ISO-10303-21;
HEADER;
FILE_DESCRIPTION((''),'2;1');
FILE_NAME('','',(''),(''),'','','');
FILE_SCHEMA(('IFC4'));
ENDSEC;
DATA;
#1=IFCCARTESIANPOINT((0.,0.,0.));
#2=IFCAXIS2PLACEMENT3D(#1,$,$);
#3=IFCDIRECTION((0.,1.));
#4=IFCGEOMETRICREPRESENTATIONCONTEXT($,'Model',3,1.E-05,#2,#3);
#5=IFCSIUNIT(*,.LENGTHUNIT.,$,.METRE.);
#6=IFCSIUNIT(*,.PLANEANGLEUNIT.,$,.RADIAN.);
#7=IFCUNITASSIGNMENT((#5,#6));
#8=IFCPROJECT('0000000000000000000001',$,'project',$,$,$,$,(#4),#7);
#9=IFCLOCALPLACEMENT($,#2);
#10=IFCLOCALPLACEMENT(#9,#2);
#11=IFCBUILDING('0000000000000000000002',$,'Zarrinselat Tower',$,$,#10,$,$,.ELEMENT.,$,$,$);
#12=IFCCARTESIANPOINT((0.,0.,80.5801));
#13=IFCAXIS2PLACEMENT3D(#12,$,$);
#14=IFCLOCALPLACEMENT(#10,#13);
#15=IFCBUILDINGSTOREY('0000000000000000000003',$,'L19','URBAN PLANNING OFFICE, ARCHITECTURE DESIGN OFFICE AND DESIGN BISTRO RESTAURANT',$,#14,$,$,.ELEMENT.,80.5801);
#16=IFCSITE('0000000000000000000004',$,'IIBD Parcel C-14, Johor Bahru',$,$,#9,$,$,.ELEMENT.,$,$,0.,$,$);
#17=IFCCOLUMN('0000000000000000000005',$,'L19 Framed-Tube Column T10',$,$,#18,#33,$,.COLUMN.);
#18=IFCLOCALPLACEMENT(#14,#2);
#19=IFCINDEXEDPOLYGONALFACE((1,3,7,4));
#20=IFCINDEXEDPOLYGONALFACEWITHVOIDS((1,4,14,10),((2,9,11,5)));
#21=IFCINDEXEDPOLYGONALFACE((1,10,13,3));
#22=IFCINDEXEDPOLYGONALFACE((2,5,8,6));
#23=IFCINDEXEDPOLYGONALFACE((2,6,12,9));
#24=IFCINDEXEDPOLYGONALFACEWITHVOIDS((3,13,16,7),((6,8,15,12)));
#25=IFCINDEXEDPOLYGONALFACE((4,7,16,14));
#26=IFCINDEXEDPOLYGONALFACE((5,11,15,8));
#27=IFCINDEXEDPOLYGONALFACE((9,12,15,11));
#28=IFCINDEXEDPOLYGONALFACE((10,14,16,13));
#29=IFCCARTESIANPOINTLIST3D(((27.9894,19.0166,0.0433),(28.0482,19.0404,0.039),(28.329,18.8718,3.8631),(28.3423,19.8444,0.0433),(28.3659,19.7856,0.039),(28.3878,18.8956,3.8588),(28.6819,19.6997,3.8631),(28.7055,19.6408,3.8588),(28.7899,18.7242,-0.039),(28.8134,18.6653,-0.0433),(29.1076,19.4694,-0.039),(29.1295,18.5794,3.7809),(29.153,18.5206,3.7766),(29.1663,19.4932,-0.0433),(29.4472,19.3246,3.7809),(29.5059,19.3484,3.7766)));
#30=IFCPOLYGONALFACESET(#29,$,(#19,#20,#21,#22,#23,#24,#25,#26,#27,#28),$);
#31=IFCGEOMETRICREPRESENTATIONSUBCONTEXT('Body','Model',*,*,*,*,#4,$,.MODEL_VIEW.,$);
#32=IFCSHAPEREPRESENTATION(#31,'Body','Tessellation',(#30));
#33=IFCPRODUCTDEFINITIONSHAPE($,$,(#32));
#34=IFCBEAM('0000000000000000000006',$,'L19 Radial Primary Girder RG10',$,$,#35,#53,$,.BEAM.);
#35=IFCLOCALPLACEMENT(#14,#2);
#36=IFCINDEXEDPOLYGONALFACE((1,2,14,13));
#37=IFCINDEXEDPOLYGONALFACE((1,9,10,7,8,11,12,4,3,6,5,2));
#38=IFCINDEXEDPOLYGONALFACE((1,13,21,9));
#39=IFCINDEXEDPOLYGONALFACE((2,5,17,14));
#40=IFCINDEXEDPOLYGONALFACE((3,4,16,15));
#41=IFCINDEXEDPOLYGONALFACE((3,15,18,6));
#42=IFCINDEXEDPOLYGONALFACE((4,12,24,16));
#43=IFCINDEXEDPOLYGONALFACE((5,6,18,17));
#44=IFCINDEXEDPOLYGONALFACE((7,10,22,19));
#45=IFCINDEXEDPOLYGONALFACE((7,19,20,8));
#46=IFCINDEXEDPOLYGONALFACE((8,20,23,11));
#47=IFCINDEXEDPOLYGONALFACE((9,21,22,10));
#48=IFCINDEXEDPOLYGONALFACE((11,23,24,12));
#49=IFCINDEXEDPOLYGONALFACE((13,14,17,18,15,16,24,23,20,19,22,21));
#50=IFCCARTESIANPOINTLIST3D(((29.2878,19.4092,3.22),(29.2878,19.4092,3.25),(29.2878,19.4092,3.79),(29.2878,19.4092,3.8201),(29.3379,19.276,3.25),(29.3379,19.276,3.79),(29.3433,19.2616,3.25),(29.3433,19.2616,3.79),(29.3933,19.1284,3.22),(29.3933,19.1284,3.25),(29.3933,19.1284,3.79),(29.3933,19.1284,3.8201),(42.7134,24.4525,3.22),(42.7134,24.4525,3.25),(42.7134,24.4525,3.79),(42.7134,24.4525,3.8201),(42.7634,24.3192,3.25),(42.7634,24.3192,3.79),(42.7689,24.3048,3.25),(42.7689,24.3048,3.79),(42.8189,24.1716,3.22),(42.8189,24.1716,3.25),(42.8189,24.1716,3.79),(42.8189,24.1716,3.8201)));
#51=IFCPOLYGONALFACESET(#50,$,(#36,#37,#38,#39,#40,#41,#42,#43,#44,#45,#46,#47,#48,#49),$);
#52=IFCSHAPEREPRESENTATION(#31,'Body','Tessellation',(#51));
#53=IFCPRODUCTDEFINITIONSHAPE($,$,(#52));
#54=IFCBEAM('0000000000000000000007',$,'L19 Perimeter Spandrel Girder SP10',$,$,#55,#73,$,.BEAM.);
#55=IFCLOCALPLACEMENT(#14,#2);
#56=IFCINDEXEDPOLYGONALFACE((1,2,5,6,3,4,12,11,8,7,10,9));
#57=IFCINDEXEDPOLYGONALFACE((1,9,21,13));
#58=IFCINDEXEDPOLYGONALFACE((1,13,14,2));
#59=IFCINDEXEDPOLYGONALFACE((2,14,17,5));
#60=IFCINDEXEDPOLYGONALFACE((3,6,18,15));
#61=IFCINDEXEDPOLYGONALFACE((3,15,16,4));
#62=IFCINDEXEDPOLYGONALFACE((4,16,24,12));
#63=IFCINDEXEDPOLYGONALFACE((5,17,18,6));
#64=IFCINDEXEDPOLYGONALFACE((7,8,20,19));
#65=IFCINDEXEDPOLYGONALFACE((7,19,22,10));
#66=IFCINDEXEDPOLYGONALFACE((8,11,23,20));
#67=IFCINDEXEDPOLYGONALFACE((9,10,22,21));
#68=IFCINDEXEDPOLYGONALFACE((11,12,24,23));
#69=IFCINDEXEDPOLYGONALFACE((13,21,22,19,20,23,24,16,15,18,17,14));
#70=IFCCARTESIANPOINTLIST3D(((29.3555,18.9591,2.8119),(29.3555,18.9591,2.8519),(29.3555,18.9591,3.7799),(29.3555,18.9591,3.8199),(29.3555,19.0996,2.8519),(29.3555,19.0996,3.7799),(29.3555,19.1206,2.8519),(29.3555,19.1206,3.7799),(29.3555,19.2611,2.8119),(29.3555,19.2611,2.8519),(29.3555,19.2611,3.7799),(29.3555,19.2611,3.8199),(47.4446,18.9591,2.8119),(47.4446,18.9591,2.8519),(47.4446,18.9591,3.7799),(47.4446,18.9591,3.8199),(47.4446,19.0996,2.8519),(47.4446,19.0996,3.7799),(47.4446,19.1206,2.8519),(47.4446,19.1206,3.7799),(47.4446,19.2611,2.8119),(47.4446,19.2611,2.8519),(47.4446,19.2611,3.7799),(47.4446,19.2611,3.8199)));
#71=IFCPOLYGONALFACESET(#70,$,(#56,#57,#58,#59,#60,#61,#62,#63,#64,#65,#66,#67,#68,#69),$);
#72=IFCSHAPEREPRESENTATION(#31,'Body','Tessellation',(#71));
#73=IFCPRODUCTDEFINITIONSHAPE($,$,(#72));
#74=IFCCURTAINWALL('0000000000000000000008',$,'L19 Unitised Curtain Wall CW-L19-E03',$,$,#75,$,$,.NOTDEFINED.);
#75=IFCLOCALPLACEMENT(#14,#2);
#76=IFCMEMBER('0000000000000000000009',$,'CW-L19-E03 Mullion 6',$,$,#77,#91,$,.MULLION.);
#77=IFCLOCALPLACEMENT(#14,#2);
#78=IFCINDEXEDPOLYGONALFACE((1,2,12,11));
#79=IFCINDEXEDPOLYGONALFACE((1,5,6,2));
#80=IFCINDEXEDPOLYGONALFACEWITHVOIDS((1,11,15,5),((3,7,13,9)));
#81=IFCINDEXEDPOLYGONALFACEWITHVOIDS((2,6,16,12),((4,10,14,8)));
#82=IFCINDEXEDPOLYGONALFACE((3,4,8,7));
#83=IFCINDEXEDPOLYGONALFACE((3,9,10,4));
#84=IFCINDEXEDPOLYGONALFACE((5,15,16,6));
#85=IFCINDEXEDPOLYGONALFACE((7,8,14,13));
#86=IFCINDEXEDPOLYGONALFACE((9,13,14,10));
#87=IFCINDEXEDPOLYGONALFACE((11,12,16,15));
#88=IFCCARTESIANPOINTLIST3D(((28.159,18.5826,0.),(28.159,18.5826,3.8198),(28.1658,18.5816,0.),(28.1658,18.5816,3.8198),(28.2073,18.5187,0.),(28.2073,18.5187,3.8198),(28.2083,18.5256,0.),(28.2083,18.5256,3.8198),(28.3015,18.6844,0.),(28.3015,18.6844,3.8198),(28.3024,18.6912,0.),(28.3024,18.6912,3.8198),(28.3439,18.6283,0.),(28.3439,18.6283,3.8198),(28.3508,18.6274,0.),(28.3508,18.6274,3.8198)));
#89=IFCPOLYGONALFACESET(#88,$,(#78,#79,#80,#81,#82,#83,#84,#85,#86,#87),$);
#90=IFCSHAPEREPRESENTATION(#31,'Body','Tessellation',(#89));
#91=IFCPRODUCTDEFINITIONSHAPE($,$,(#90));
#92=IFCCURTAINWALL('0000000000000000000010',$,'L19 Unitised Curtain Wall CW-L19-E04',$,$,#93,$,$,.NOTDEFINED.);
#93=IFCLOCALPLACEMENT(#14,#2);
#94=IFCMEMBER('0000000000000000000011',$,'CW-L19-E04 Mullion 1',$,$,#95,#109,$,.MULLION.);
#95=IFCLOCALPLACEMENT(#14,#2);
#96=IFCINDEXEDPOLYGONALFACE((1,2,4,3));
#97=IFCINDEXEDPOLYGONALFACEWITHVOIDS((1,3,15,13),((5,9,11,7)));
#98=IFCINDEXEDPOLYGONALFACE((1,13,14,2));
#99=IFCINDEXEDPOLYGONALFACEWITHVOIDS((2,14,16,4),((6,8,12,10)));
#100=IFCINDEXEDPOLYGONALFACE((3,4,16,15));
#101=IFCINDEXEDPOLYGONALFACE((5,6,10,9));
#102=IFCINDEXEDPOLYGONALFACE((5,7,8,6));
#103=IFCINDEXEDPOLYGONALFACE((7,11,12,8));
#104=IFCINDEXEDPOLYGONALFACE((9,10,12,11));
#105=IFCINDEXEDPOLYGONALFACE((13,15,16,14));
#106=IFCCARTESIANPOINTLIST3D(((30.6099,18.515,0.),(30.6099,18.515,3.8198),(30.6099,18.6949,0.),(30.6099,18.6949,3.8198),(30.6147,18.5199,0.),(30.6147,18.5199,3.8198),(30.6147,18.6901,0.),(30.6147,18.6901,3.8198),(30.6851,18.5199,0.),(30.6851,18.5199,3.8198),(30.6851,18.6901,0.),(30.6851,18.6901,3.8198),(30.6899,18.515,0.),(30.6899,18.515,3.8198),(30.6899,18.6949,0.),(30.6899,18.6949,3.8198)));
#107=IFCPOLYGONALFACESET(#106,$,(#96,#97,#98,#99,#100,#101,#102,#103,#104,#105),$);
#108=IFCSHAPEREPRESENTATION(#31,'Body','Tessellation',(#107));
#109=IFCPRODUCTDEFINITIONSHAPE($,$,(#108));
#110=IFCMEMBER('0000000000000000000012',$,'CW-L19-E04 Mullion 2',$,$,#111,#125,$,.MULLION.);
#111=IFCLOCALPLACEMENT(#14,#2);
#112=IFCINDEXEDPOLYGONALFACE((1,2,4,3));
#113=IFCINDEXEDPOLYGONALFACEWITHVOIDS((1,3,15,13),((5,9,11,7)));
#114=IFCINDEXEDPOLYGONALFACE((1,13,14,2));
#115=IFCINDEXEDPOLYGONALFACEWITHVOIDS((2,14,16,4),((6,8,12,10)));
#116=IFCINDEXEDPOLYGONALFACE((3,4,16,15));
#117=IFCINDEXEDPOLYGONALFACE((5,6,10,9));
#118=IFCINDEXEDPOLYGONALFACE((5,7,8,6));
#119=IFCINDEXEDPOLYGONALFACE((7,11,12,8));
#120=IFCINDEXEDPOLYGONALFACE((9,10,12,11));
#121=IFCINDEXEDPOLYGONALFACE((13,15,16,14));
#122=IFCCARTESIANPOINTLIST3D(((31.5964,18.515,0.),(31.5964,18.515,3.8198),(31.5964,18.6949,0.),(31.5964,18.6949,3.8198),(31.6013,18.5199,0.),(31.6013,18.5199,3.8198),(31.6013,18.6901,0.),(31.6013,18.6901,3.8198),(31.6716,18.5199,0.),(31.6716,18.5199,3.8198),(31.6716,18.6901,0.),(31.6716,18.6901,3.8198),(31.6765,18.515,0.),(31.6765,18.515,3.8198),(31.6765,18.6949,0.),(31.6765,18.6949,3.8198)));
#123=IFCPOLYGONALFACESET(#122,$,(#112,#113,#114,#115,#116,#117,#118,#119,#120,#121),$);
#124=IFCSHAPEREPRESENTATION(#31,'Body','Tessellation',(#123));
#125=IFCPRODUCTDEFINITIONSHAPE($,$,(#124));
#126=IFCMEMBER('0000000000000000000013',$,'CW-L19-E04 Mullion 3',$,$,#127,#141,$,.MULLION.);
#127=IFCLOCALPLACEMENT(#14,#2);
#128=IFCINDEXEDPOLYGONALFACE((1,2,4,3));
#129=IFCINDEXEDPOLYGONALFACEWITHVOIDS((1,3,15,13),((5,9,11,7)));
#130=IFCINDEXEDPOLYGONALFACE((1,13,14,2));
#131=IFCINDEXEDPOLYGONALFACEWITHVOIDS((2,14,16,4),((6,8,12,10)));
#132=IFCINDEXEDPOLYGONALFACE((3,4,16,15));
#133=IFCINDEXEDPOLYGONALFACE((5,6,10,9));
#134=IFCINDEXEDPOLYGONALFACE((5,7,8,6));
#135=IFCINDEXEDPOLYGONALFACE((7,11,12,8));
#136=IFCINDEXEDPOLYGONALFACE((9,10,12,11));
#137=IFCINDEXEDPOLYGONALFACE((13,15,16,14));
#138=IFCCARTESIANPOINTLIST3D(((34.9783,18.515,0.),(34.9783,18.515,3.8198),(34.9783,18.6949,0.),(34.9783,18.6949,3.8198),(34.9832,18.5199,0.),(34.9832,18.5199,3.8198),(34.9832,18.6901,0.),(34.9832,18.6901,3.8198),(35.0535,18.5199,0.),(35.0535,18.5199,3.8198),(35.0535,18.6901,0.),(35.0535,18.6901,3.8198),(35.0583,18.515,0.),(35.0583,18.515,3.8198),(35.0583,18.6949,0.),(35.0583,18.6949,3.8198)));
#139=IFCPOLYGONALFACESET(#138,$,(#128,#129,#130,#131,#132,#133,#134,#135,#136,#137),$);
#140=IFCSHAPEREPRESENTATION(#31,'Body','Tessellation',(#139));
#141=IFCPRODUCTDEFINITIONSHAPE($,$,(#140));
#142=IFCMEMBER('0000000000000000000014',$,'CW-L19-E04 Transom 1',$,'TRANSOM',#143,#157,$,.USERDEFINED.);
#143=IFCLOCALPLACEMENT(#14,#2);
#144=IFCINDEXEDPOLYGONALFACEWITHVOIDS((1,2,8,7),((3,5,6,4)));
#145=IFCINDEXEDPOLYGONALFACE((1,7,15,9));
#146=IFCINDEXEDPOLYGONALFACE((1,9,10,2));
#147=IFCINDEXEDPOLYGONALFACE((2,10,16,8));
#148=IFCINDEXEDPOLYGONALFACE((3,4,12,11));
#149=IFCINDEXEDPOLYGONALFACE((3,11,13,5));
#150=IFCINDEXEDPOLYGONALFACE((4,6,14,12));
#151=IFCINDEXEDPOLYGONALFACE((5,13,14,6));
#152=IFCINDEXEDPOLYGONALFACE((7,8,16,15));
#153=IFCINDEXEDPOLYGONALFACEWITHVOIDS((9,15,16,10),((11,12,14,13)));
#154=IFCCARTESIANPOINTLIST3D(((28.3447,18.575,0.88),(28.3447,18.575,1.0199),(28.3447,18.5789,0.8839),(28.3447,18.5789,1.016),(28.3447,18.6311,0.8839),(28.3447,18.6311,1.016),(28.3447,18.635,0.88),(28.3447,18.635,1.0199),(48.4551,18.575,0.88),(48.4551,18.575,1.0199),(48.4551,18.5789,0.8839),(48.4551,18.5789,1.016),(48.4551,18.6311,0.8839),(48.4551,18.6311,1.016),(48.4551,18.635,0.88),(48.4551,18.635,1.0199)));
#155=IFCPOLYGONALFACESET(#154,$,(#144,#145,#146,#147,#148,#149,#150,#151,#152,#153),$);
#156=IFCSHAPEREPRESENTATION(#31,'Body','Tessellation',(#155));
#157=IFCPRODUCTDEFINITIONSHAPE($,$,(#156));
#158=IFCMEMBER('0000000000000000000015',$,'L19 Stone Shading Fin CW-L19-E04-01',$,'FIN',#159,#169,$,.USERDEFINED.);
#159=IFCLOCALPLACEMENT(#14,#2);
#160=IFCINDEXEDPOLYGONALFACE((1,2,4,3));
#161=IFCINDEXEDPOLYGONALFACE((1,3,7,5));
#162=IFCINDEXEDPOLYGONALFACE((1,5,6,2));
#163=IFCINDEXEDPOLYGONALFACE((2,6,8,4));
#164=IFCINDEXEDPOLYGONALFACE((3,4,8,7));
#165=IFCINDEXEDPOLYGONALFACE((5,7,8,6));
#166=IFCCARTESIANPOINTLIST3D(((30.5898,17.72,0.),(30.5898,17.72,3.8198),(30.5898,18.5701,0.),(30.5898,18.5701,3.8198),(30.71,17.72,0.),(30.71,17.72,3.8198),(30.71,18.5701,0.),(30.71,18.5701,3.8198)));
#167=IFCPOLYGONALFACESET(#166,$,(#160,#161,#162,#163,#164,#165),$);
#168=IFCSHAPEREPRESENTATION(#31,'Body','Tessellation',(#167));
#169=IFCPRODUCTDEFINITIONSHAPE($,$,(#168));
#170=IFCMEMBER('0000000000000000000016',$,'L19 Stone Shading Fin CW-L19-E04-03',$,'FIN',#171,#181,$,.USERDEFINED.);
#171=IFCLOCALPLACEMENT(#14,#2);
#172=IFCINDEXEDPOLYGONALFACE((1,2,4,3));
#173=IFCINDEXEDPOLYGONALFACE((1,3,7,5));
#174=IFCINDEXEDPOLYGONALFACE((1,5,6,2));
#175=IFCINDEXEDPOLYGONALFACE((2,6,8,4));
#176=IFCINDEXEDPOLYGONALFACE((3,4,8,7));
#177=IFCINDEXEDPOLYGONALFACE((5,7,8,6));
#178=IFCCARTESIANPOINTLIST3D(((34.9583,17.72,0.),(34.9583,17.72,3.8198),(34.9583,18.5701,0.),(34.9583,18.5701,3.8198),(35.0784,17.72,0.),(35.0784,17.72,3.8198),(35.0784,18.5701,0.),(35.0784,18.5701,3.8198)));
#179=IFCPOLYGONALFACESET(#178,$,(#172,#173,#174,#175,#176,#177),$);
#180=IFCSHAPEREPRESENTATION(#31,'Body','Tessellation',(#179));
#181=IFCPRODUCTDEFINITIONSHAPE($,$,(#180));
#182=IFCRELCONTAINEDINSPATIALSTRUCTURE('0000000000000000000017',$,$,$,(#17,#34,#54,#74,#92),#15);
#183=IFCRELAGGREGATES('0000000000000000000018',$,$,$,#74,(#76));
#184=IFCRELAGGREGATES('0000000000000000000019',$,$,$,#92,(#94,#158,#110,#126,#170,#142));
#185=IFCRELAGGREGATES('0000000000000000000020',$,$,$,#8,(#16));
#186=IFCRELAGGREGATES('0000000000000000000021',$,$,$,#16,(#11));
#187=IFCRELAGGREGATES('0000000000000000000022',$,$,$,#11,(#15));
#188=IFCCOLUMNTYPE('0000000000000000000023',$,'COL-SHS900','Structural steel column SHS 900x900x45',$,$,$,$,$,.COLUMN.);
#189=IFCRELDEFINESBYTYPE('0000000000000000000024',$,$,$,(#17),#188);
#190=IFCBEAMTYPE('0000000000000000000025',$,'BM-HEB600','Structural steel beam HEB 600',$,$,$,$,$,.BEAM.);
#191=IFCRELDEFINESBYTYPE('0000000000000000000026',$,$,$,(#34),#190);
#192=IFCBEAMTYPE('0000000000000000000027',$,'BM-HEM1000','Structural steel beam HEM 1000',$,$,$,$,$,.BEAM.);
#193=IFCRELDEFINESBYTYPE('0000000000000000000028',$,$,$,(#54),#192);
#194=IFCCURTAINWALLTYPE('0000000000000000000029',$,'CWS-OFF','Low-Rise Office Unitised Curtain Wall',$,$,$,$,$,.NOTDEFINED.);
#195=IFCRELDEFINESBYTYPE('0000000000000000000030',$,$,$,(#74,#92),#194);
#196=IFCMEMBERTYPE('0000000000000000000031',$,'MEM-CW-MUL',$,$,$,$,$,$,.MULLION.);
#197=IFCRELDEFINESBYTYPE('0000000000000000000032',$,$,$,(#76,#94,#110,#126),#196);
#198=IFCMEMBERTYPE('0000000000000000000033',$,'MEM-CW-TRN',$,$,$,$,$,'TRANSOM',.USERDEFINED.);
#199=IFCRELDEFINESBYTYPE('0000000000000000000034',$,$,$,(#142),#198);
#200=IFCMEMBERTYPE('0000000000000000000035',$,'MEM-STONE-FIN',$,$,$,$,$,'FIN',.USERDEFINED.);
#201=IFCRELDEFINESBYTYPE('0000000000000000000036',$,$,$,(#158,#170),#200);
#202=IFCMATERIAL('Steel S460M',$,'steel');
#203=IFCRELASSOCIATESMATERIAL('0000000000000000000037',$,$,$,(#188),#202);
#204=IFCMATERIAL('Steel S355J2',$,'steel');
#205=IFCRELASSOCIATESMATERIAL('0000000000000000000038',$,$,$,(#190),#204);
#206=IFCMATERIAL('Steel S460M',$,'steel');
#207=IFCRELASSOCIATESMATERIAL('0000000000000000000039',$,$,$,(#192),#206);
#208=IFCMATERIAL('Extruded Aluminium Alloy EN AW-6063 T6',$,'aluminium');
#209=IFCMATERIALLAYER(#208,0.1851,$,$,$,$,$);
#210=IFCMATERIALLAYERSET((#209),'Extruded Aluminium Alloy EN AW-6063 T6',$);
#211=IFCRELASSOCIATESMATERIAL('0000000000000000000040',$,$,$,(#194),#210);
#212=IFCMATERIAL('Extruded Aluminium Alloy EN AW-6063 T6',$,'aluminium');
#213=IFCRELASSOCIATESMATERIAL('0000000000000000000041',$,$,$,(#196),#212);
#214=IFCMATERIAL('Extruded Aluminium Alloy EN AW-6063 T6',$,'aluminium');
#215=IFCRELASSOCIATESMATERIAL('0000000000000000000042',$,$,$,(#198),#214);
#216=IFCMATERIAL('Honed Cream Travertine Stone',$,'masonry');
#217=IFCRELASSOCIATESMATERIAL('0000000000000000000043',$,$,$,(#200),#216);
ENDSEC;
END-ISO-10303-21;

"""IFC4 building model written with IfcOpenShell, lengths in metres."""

from ifc_helpers import new_model, si_unit, direction, frame, origin, origin_2d, place, context, subcontext, project, spatial, rectangle, hollow_rectangle, i_section, extrude, material, layer, layer_set, material_profile, profile_set, type_object, element, aggregate, save


model = new_model("IFC4")

# Units and contexts
model_context = context("Model", 3, precision=1e-05, world=origin(), true_north=direction((0.0, 1.0)))
body_context = subcontext(model_context, "Body", "Model", "MODEL_VIEW")
ifc_project = project(units=[si_unit("LENGTHUNIT", "METRE"), si_unit("PLANEANGLEUNIT", "RADIAN")], contexts=[model_context])

# Site, building, storey
site_placement = place(None, origin())
site = spatial("IfcSite", under=ifc_project, at=site_placement, Name="IIBD Parcel C-14, Johor Bahru", CompositionType="ELEMENT", RefElevation=0.0)
building_placement = place(site_placement, origin())
building = spatial("IfcBuilding", under=site, at=building_placement, Name="Zarrinselat Tower", CompositionType="ELEMENT")
storey_placement = place(building_placement, frame((0.0, 0.0, 80.5801)))
storey = spatial("IfcBuildingStorey", under=building, at=storey_placement, Name="L19", Description="URBAN PLANNING OFFICE, ARCHITECTURE DESIGN OFFICE AND DESIGN BISTRO RESTAURANT", CompositionType="ELEMENT", Elevation=80.5801)

# Column
ifc_material_1 = material(Name="Steel S460M", Category="steel")
ifc_material_profile_1 = material_profile(ifc_material_1, hollow_rectangle(XDim=0.8999, YDim=0.8999, WallThickness=0.0449, at=origin_2d()), Name="SHS 900x900x45")
ifc_profile_set_1 = profile_set([ifc_material_profile_1], Name="Steel S460M")
column_type = type_object("IfcColumnType", Name="COL-SHS900", Description="Structural steel column SHS 900x900x45", PredefinedType="COLUMN", material=ifc_profile_set_1)
column_placement = place(storey_placement, frame((28.5779, 19.2549, 0.0), z_axis=(0.088492, -0.037725, 0.995362), x_axis=(0.392163, 0.919896, 0.0)))
element("IfcColumn", 1, at=column_placement, inside=storey, type_object=column_type, Name="L19 Framed-Tube Column T10", PredefinedType="COLUMN", context=body_context, shape_type="SweptSolid", body=[
    extrude(hollow_rectangle(XDim=0.8999, YDim=0.8999, WallThickness=0.0449, at=origin_2d()), origin(), (0.0, 0.0, 1.0), 3.8376),
])

# Beams
ifc_material_2 = material(Name="Steel S355J2", Category="steel")
ifc_material_profile_2 = material_profile(ifc_material_2, i_section(OverallWidth=0.3, OverallDepth=0.6001, WebThickness=0.0154, FlangeThickness=0.03, at=origin_2d()), Name="HEB 600")
ifc_profile_set_2 = profile_set([ifc_material_profile_2], Name="Steel S355J2")
beam_type_1 = type_object("IfcBeamType", Name="BM-HEB600", Description="Structural steel beam HEB 600", PredefinedType="BEAM", material=ifc_profile_set_2)
beam_1_placement = place(storey_placement, frame((29.3406, 19.2688, 3.52), z_axis=(0.936131, 0.351651, 0.0), x_axis=(-0.351651, 0.936131, 0.0)))
element("IfcBeam", 2, at=beam_1_placement, inside=storey, type_object=beam_type_1, Name="L19 Radial Primary Girder RG10", PredefinedType="BEAM", context=body_context, shape_type="SweptSolid", body=[
    extrude(i_section(OverallWidth=0.3, OverallDepth=0.6001, WebThickness=0.0154, FlangeThickness=0.03, at=origin_2d()), origin(), (0.0, 0.0, 1.0), 14.3416),
])
ifc_material_3 = material(Name="Steel S460M", Category="steel")
ifc_material_profile_3 = material_profile(ifc_material_3, i_section(OverallWidth=0.302, OverallDepth=1.0081, WebThickness=0.021, FlangeThickness=0.04, at=origin_2d()), Name="HEM 1000")
ifc_profile_set_3 = profile_set([ifc_material_profile_3], Name="Steel S460M")
beam_type_2 = type_object("IfcBeamType", Name="BM-HEM1000", Description="Structural steel beam HEM 1000", PredefinedType="BEAM", material=ifc_profile_set_3)
beam_2_placement = place(storey_placement, frame((29.3555, 19.1101, 3.3159), z_axis=(1.0, 0.0, 0.0), x_axis=(0.0, 1.0, 0.0)))
element("IfcBeam", 3, at=beam_2_placement, inside=storey, type_object=beam_type_2, Name="L19 Perimeter Spandrel Girder SP10", PredefinedType="BEAM", context=body_context, shape_type="SweptSolid", body=[
    extrude(i_section(OverallWidth=0.302, OverallDepth=1.0081, WebThickness=0.021, FlangeThickness=0.04, at=origin_2d()), origin(), (0.0, 0.0, 1.0), 18.0891),
])

# Curtain wall, member
ifc_material_4 = material(Name="Extruded Aluminium Alloy EN AW-6063 T6", Category="aluminium")
ifc_layer_1 = layer(ifc_material_4, 0.1851)
ifc_layer_set_1 = layer_set([ifc_layer_1], Name="Extruded Aluminium Alloy EN AW-6063 T6")
curtain_wall_type = type_object("IfcCurtainWallType", Name="CWS-OFF", Description="Low-Rise Office Unitised Curtain Wall", PredefinedType="NOTDEFINED", material=ifc_layer_set_1)
curtain_wall_1_placement = place(storey_placement, origin())
curtain_wall_1 = element("IfcCurtainWall", 4, at=curtain_wall_1_placement, inside=storey, type_object=curtain_wall_type, Name="L19 Unitised Curtain Wall CW-L19-E03", PredefinedType="NOTDEFINED")
ifc_material_5 = material(Name="Extruded Aluminium Alloy EN AW-6063 T6", Category="aluminium")
ifc_material_profile_4 = material_profile(ifc_material_5, hollow_rectangle(XDim=0.0801, YDim=0.1799, WallThickness=0.0049, at=origin_2d()), Name="RHS 180x80x5")
ifc_profile_set_4 = profile_set([ifc_material_profile_4], Name="Extruded Aluminium Alloy EN AW-6063 T6")
member_type_1 = type_object("IfcMemberType", Name="MEM-CW-MUL", PredefinedType="MULLION", material=ifc_profile_set_4)
member_1_placement = place(storey_placement, frame((28.2549, 18.605, 0.0), z_axis=(0.0, 0.0, 1.0), x_axis=(0.603855, -0.797094, 0.0)))
member_1 = element("IfcMember", 5, at=member_1_placement, type_object=member_type_1, Name="CW-L19-E03 Mullion 6", PredefinedType="MULLION", context=body_context, shape_type="SweptSolid", body=[
    extrude(hollow_rectangle(XDim=0.0801, YDim=0.1799, WallThickness=0.0049, at=origin_2d()), origin(), (0.0, 0.0, 1.0), 3.8198),
])
aggregate(curtain_wall_1, [member_1])

# Curtain wall, members
curtain_wall_2_placement = place(storey_placement, origin())
curtain_wall_2 = element("IfcCurtainWall", 6, at=curtain_wall_2_placement, inside=storey, type_object=curtain_wall_type, Name="L19 Unitised Curtain Wall CW-L19-E04", PredefinedType="NOTDEFINED")
member_2_placement = place(storey_placement, frame((30.6499, 18.605, 0.0), z_axis=(0.0, 0.0, 1.0), x_axis=(1.0, 0.0, 0.0)))
member_2 = element("IfcMember", 7, at=member_2_placement, type_object=member_type_1, Name="CW-L19-E04 Mullion 1", PredefinedType="MULLION", context=body_context, shape_type="SweptSolid", body=[
    extrude(hollow_rectangle(XDim=0.0801, YDim=0.1799, WallThickness=0.0049, at=origin_2d()), origin(), (0.0, 0.0, 1.0), 3.8198),
])
member_3_placement = place(storey_placement, frame((31.6365, 18.605, 0.0), z_axis=(0.0, 0.0, 1.0), x_axis=(1.0, 0.0, 0.0)))
member_3 = element("IfcMember", 8, at=member_3_placement, type_object=member_type_1, Name="CW-L19-E04 Mullion 2", PredefinedType="MULLION", context=body_context, shape_type="SweptSolid", body=[
    extrude(hollow_rectangle(XDim=0.0801, YDim=0.1799, WallThickness=0.0049, at=origin_2d()), origin(), (0.0, 0.0, 1.0), 3.8198),
])
member_4_placement = place(storey_placement, frame((35.0183, 18.605, 0.0), z_axis=(0.0, 0.0, 1.0), x_axis=(1.0, 0.0, 0.0)))
member_4 = element("IfcMember", 9, at=member_4_placement, type_object=member_type_1, Name="CW-L19-E04 Mullion 3", PredefinedType="MULLION", context=body_context, shape_type="SweptSolid", body=[
    extrude(hollow_rectangle(XDim=0.0801, YDim=0.1799, WallThickness=0.0049, at=origin_2d()), origin(), (0.0, 0.0, 1.0), 3.8198),
])
ifc_material_6 = material(Name="Extruded Aluminium Alloy EN AW-6063 T6", Category="aluminium")
ifc_material_profile_5 = material_profile(ifc_material_6, hollow_rectangle(XDim=0.0601, YDim=0.1399, WallThickness=0.0039, at=origin_2d()), Name="RHS 140x60x4")
ifc_profile_set_5 = profile_set([ifc_material_profile_5], Name="Extruded Aluminium Alloy EN AW-6063 T6")
member_type_2 = type_object("IfcMemberType", Name="MEM-CW-TRN", ElementType="TRANSOM", PredefinedType="USERDEFINED", material=ifc_profile_set_5)
member_5_placement = place(storey_placement, frame((28.3447, 18.605, 0.95), z_axis=(1.0, 0.0, 0.0), x_axis=(0.0, 1.0, 0.0)))
member_5 = element("IfcMember", 10, at=member_5_placement, type_object=member_type_2, Name="CW-L19-E04 Transom 1", ObjectType="TRANSOM", PredefinedType="USERDEFINED", context=body_context, shape_type="SweptSolid", body=[
    extrude(hollow_rectangle(XDim=0.0601, YDim=0.1399, WallThickness=0.0039, at=origin_2d()), origin(), (0.0, 0.0, 1.0), 20.1104),
])
ifc_material_7 = material(Name="Honed Cream Travertine Stone", Category="masonry")
ifc_material_profile_6 = material_profile(ifc_material_7, rectangle(XDim=0.1201, YDim=0.8501, at=origin_2d()), Name="FIN 850x120")
ifc_profile_set_6 = profile_set([ifc_material_profile_6], Name="Honed Cream Travertine Stone")
member_type_3 = type_object("IfcMemberType", Name="MEM-STONE-FIN", ElementType="FIN", PredefinedType="USERDEFINED", material=ifc_profile_set_6)
member_6_placement = place(storey_placement, frame((30.6499, 18.145, 0.0), z_axis=(0.0, 0.0, 1.0), x_axis=(-1.0, 0.0, 0.0)))
member_6 = element("IfcMember", 11, at=member_6_placement, type_object=member_type_3, Name="L19 Stone Shading Fin CW-L19-E04-01", ObjectType="FIN", PredefinedType="USERDEFINED", context=body_context, shape_type="SweptSolid", body=[
    extrude(rectangle(XDim=0.1201, YDim=0.8501, at=origin_2d()), origin(), (0.0, 0.0, 1.0), 3.8198),
])
member_7_placement = place(storey_placement, frame((35.0183, 18.145, 0.0), z_axis=(0.0, 0.0, 1.0), x_axis=(-1.0, 0.0, 0.0)))
member_7 = element("IfcMember", 12, at=member_7_placement, type_object=member_type_3, Name="L19 Stone Shading Fin CW-L19-E04-03", ObjectType="FIN", PredefinedType="USERDEFINED", context=body_context, shape_type="SweptSolid", body=[
    extrude(rectangle(XDim=0.1201, YDim=0.8501, at=origin_2d()), origin(), (0.0, 0.0, 1.0), 3.8198),
])
aggregate(curtain_wall_2, [member_2, member_6, member_3, member_4, member_7, member_5])

save(model, "model.ifc")
